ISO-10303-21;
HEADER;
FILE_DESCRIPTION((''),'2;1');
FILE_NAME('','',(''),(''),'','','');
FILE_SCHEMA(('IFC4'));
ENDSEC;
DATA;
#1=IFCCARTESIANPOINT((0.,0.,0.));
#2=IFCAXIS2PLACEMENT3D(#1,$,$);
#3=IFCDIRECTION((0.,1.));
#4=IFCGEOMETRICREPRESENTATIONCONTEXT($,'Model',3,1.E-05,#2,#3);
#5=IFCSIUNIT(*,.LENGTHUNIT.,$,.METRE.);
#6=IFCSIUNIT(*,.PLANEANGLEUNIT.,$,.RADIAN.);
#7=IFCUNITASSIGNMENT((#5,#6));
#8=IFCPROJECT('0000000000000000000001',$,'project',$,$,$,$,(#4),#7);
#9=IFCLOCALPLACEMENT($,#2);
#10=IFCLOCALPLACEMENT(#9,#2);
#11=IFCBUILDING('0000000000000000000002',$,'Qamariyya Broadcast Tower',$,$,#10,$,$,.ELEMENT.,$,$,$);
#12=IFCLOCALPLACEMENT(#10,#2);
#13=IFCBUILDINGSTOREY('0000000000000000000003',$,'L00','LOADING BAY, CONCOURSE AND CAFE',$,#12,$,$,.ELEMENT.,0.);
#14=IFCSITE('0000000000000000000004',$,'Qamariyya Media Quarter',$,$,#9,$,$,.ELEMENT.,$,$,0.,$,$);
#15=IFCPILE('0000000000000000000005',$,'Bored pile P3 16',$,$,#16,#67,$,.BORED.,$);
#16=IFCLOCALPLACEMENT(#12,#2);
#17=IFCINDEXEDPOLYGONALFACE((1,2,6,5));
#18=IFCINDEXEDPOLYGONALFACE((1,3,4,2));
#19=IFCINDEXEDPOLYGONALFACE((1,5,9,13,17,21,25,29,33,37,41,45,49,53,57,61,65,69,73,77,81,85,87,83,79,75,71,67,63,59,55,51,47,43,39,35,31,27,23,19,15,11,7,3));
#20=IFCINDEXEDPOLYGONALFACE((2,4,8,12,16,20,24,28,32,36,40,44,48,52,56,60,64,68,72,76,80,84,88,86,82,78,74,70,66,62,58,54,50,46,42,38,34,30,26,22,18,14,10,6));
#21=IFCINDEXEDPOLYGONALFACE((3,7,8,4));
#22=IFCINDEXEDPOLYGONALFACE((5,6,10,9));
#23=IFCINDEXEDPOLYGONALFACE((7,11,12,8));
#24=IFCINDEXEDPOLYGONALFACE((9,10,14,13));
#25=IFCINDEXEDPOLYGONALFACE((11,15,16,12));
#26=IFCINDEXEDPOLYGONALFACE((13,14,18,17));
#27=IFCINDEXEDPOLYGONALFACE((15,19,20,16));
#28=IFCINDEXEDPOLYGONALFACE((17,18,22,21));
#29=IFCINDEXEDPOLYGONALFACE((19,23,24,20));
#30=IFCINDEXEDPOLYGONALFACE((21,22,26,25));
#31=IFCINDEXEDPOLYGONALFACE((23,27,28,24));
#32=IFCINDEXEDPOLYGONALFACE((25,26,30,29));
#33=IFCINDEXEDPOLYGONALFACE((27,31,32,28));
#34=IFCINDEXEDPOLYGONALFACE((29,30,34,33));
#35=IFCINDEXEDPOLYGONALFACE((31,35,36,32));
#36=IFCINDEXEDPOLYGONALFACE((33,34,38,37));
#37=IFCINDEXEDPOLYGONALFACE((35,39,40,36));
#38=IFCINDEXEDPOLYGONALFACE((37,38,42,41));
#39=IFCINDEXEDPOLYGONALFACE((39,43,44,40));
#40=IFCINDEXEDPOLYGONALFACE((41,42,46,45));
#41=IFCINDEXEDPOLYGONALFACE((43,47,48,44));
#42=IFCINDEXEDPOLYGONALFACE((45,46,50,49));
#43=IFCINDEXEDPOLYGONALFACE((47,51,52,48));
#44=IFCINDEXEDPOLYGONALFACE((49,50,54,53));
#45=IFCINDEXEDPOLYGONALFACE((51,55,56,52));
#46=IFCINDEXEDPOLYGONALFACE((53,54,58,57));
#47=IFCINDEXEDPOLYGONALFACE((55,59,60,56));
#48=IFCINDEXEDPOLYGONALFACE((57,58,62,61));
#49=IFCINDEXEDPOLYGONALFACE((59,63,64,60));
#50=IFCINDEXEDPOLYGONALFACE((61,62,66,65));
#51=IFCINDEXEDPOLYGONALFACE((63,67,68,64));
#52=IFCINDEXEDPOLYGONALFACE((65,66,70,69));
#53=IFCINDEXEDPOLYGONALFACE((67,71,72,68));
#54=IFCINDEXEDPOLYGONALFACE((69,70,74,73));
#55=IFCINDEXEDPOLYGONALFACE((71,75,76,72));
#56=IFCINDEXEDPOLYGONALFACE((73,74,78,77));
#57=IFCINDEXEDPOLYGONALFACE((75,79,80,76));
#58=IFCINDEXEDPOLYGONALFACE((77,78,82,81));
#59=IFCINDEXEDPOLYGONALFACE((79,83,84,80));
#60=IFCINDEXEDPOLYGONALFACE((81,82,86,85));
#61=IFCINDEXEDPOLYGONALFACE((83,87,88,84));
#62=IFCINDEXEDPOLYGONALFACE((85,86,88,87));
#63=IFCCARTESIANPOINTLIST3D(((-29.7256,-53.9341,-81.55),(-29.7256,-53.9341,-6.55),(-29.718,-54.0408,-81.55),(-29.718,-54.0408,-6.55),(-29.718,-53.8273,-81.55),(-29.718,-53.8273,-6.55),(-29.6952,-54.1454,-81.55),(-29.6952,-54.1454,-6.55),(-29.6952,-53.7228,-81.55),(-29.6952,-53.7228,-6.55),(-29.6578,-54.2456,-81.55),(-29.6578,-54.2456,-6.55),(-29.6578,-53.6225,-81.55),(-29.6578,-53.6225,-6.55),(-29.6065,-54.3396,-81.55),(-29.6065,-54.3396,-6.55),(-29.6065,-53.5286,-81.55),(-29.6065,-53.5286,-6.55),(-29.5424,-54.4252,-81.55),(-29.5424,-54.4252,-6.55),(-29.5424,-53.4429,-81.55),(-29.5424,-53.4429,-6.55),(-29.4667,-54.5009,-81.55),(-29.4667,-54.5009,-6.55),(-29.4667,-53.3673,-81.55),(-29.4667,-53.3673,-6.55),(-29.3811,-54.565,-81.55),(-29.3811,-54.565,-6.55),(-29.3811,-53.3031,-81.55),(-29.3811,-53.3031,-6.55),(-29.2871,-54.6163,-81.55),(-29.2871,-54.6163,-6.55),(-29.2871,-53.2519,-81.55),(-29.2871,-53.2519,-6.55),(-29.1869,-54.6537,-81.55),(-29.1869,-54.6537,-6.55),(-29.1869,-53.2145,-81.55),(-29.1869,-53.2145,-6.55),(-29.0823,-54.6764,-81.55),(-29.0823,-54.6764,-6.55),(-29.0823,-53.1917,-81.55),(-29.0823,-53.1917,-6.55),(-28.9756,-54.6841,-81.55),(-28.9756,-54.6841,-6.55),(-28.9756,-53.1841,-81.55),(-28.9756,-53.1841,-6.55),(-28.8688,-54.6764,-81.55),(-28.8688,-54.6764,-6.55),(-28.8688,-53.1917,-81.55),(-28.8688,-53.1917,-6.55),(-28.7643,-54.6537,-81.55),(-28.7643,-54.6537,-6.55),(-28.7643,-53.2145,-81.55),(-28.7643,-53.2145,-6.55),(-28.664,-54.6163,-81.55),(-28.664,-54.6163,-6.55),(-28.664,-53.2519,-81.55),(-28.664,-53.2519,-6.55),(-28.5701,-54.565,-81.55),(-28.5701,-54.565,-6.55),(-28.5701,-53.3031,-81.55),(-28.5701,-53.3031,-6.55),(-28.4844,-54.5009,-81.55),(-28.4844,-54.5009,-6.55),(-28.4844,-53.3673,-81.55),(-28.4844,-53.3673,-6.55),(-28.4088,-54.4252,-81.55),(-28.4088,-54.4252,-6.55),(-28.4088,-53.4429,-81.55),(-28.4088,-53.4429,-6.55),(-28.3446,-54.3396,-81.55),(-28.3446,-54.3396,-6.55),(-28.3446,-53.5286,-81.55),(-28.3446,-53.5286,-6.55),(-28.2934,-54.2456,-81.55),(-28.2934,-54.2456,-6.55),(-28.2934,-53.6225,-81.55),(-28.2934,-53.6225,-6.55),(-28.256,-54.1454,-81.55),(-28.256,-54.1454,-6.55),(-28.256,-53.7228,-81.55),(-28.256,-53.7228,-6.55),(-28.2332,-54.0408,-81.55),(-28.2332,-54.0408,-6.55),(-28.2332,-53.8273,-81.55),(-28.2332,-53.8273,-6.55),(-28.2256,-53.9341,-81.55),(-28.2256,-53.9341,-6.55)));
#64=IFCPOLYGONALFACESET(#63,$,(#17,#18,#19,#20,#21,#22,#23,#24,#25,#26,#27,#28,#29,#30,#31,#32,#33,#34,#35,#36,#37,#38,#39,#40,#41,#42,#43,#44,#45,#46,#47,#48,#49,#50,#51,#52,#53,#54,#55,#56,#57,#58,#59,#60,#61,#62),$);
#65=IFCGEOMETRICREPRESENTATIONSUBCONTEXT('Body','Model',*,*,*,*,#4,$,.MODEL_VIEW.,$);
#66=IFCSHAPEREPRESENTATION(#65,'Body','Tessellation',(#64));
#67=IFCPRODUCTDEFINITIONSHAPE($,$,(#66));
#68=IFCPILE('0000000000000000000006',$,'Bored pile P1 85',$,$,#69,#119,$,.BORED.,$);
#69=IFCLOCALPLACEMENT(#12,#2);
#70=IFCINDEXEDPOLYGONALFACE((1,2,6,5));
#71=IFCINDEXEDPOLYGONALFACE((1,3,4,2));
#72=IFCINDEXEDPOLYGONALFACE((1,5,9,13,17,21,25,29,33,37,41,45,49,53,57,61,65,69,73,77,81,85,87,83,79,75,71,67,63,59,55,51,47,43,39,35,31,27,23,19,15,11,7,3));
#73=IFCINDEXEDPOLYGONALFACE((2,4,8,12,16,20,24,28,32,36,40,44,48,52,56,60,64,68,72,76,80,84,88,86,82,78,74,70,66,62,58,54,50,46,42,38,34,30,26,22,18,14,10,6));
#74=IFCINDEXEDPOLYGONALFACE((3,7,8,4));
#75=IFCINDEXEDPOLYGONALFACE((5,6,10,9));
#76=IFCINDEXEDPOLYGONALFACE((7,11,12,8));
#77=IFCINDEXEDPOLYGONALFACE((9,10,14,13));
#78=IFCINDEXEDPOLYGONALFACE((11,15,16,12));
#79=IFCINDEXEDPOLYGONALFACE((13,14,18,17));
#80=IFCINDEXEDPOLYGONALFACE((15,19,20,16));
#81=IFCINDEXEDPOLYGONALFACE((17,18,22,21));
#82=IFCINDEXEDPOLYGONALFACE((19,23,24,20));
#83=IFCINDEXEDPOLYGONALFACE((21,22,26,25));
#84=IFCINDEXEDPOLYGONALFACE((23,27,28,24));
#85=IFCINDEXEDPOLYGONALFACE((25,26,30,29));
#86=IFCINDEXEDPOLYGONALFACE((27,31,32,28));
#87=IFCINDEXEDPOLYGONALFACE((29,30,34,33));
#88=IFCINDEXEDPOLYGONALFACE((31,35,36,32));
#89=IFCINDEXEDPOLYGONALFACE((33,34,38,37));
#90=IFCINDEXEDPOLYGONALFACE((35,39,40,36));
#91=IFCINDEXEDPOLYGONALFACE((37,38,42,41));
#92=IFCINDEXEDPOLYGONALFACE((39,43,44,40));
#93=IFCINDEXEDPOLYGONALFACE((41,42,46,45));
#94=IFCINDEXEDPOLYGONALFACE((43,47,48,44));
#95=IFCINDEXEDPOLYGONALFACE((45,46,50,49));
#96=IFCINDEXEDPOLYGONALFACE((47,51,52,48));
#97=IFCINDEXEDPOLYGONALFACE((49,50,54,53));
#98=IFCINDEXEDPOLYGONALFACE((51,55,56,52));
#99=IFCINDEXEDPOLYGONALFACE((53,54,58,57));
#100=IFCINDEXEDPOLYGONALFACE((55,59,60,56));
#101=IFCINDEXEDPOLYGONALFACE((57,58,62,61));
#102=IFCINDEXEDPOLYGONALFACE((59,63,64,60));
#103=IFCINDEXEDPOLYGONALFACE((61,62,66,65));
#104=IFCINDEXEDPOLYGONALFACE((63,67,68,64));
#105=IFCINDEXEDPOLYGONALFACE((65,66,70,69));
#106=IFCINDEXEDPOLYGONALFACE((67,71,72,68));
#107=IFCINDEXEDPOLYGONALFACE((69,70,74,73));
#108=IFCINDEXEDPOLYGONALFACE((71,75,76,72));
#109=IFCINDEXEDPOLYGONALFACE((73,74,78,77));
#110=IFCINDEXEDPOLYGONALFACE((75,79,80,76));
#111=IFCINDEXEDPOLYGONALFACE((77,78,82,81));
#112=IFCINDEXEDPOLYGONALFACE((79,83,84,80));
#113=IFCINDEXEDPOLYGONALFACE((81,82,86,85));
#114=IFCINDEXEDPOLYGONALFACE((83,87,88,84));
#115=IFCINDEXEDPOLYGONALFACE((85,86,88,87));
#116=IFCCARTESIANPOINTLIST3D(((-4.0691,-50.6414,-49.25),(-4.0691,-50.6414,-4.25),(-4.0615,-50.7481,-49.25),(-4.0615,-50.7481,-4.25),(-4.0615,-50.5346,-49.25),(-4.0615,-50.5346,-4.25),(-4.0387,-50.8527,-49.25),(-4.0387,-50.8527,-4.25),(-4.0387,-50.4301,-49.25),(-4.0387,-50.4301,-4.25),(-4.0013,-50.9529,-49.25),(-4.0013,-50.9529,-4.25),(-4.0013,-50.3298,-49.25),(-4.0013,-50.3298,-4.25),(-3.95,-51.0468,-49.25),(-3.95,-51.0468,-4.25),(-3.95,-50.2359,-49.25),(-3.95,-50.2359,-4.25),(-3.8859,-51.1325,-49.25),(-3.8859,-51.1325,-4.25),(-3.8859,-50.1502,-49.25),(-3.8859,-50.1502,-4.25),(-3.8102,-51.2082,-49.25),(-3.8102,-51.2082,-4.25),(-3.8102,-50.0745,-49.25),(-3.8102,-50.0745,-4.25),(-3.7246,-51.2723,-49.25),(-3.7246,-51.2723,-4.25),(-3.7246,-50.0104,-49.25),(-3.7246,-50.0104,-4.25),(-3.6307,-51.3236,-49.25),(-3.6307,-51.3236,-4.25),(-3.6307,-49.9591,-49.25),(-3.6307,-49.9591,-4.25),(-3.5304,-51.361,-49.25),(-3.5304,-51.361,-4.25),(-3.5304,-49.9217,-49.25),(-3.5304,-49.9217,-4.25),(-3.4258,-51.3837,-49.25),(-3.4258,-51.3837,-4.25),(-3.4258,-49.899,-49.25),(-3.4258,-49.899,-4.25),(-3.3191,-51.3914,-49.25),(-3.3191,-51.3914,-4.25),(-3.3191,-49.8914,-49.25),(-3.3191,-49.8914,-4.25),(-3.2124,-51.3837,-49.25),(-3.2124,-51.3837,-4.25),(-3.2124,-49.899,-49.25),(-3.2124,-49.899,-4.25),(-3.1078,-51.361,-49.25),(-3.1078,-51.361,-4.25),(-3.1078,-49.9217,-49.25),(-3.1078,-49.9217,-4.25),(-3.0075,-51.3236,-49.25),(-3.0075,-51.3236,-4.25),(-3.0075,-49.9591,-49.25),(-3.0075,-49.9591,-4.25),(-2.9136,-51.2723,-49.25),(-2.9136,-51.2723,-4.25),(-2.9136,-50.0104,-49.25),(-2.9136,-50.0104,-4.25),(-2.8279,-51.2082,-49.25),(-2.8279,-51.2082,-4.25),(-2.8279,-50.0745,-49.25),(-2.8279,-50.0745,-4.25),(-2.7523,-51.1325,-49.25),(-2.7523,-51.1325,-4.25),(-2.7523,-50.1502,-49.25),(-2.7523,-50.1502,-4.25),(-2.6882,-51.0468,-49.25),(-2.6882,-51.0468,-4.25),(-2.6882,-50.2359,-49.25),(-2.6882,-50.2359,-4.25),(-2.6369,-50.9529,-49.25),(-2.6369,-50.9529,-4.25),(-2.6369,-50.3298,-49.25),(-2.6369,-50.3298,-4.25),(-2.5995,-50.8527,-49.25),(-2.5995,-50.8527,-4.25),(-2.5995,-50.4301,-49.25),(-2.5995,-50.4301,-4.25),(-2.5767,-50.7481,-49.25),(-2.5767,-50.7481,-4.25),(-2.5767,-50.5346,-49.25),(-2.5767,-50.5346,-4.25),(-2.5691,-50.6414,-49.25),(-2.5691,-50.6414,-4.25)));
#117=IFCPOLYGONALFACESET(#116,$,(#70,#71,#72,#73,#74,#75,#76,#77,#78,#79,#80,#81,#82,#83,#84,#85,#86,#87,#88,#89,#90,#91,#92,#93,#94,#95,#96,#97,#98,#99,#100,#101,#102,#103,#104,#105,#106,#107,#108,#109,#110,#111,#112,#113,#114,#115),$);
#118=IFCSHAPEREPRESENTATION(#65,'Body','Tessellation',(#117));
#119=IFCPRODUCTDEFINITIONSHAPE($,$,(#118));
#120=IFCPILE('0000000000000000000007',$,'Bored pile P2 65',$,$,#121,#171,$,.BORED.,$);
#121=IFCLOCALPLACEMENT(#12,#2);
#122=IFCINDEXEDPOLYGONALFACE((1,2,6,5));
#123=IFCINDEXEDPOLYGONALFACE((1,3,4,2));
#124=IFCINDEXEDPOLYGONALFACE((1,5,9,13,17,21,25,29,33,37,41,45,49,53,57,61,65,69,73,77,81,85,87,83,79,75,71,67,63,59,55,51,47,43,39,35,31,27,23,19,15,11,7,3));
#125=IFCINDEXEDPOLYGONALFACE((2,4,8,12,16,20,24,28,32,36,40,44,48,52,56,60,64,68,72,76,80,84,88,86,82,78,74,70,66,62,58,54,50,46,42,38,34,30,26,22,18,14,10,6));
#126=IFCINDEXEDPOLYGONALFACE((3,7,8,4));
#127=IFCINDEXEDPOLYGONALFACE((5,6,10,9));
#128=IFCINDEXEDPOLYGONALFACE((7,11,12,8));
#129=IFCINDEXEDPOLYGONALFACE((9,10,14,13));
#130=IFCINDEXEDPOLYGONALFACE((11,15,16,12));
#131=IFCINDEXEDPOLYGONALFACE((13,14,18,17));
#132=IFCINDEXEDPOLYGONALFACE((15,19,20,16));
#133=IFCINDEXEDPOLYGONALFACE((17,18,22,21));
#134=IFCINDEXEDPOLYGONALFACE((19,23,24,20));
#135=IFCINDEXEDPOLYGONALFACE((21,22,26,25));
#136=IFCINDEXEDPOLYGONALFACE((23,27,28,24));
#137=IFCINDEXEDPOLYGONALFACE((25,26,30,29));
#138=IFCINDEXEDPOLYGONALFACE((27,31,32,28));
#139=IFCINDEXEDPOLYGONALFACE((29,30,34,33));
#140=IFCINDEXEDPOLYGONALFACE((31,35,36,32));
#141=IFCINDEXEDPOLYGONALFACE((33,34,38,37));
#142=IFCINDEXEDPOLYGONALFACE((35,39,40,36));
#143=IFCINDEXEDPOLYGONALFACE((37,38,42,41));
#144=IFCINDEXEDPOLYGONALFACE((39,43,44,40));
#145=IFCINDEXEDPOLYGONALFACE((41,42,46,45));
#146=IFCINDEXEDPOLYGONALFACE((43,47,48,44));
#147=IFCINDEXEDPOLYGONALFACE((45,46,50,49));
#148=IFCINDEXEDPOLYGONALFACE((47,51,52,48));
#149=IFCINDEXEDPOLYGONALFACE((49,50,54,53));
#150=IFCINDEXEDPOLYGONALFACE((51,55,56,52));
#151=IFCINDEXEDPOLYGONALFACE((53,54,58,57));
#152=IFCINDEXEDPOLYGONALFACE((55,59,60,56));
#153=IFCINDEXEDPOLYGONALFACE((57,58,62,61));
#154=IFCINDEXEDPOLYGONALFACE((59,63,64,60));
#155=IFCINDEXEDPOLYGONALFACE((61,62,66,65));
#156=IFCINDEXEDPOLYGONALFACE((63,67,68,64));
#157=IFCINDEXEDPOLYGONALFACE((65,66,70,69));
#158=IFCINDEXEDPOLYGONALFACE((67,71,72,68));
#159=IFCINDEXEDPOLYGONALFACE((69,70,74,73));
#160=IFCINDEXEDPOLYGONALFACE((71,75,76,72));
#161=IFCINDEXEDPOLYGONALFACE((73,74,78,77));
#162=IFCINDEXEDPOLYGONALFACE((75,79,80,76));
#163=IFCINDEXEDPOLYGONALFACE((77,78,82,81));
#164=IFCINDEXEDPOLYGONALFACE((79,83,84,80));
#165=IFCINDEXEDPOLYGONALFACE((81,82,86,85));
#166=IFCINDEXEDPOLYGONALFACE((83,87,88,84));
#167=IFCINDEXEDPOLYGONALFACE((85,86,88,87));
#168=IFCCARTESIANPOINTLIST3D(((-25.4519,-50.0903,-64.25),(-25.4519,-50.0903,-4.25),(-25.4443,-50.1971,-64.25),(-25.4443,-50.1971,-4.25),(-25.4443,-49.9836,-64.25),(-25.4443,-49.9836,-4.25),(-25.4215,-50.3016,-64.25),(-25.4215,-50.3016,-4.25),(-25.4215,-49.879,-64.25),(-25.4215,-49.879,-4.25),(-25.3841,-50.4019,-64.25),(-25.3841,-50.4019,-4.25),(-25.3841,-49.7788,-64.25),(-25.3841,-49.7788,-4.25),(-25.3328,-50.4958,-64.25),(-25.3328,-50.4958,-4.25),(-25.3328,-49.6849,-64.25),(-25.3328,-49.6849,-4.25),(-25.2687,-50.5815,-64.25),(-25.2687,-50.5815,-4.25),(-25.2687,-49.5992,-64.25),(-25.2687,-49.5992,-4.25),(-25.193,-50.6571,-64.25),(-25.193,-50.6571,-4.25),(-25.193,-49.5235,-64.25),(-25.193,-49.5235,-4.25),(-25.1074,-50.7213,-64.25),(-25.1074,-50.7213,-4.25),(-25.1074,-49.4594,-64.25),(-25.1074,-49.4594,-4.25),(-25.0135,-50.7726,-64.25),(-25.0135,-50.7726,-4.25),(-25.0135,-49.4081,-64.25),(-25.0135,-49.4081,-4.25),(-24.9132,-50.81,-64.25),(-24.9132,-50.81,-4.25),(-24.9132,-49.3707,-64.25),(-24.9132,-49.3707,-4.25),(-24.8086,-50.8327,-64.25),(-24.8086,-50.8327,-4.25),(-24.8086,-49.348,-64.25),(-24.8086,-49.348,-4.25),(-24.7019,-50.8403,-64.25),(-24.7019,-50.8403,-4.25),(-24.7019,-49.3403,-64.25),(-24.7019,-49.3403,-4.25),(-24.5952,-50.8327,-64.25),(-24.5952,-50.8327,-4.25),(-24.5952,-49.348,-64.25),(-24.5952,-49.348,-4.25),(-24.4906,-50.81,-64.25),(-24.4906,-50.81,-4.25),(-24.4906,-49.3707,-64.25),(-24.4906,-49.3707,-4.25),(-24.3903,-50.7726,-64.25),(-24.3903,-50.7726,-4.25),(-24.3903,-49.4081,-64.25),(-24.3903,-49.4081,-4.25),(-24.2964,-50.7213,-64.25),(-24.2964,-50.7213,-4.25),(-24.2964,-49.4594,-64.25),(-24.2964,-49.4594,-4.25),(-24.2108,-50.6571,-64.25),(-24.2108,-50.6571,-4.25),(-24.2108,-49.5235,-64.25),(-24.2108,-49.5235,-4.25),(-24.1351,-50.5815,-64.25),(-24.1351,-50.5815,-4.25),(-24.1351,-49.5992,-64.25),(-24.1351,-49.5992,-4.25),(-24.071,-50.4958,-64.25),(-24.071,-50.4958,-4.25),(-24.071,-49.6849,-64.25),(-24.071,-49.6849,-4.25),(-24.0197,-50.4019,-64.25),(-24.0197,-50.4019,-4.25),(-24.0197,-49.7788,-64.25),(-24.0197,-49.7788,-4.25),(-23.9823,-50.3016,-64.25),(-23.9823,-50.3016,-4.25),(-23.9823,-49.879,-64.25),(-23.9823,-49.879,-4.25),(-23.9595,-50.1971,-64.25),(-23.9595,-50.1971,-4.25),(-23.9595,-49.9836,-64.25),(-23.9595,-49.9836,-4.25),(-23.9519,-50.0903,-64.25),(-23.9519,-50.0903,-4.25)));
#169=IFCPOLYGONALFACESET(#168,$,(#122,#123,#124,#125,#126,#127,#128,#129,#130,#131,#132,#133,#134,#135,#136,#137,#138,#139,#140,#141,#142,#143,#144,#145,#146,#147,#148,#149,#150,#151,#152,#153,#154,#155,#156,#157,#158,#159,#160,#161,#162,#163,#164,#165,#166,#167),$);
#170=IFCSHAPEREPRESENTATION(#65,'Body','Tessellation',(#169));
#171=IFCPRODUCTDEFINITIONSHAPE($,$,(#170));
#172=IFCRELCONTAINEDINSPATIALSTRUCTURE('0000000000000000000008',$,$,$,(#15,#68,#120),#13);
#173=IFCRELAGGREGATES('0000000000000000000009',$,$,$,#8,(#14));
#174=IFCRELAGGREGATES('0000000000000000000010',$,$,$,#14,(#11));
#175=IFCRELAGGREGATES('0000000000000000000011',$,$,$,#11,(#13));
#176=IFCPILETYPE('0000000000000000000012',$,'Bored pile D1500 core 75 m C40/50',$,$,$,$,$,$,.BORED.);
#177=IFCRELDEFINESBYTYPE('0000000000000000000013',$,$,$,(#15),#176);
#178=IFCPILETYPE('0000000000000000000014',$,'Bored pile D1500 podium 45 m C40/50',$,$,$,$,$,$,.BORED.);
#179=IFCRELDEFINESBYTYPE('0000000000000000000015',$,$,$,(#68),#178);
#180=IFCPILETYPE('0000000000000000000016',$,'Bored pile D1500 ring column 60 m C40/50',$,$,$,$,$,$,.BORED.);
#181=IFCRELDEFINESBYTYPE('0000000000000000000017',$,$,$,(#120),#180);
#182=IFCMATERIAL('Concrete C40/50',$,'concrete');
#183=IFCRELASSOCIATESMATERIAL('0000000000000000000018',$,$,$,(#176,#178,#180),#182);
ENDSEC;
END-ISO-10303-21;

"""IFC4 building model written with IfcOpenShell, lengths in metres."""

from ifc_helpers import new_model, si_unit, direction, frame, origin, origin_2d, place, context, subcontext, project, spatial, circle, extrude, material, material_profile, profile_set, type_object, element, save


model = new_model("IFC4")

# Units and contexts
model_context = context("Model", 3, precision=1e-05, world=origin(), true_north=direction((0.0, 1.0)))
body_context = subcontext(model_context, "Body", "Model", "MODEL_VIEW")
ifc_project = project(units=[si_unit("LENGTHUNIT", "METRE"), si_unit("PLANEANGLEUNIT", "RADIAN")], contexts=[model_context])

# Site, building, storey
site_placement = place(None, origin())
site = spatial("IfcSite", under=ifc_project, at=site_placement, Name="Qamariyya Media Quarter", CompositionType="ELEMENT", RefElevation=0.0)
building_placement = place(site_placement, origin())
building = spatial("IfcBuilding", under=site, at=building_placement, Name="Qamariyya Broadcast Tower", CompositionType="ELEMENT")
storey_placement = place(building_placement, origin())
storey = spatial("IfcBuildingStorey", under=building, at=storey_placement, Name="L00", Description="LOADING BAY, CONCOURSE AND CAFE", CompositionType="ELEMENT", Elevation=0.0)

# Piles
ifc_material_1 = material(Name="Concrete C40/50", Category="concrete")
ifc_material_profile_1 = material_profile(ifc_material_1, circle(Radius=0.75, at=origin_2d()))
ifc_profile_set_1 = profile_set([ifc_material_profile_1], Name="Concrete C40/50")
pile_type_1 = type_object("IfcPileType", Name="Bored pile D1500 core 75 m C40/50", PredefinedType="BORED", material=ifc_profile_set_1)
pile_1_placement = place(storey_placement, frame((-28.9756, -53.9341, -6.55), z_axis=(0.0, 0.0, -1.0), x_axis=(1.0, 0.0, 0.0)))
element("IfcPile", 1, at=pile_1_placement, inside=storey, type_object=pile_type_1, Name="Bored pile P3 16", PredefinedType="BORED", context=body_context, shape_type="SweptSolid", body=[
    extrude(circle(Radius=0.75, at=origin_2d()), origin(), (0.0, 0.0, 1.0), 75.0),
])
ifc_material_profile_2 = material_profile(ifc_material_1, circle(Radius=0.75, at=origin_2d()))
ifc_profile_set_2 = profile_set([ifc_material_profile_2], Name="Concrete C40/50")
pile_type_2 = type_object("IfcPileType", Name="Bored pile D1500 podium 45 m C40/50", PredefinedType="BORED", material=ifc_profile_set_2)
pile_2_placement = place(storey_placement, frame((-3.3191, -50.6414, -4.25), z_axis=(0.0, 0.0, -1.0), x_axis=(1.0, 0.0, 0.0)))
element("IfcPile", 2, at=pile_2_placement, inside=storey, type_object=pile_type_2, Name="Bored pile P1 85", PredefinedType="BORED", context=body_context, shape_type="SweptSolid", body=[
    extrude(circle(Radius=0.75, at=origin_2d()), origin(), (0.0, 0.0, 1.0), 45.0),
])
ifc_material_profile_3 = material_profile(ifc_material_1, circle(Radius=0.75, at=origin_2d()))
ifc_profile_set_3 = profile_set([ifc_material_profile_3], Name="Concrete C40/50")
pile_type_3 = type_object("IfcPileType", Name="Bored pile D1500 ring column 60 m C40/50", PredefinedType="BORED", material=ifc_profile_set_3)
for number, where, z_axis, x_axis, name in (
    (3, (-24.7019, -50.0903, -4.25), (0.0, 0.0, -1.0), (1.0, 0.0, 0.0), "Bored pile P2 65"),
):
    element("IfcPile", number, at=place(storey_placement, frame(where, z_axis=z_axis, x_axis=x_axis)), inside=storey, type_object=pile_type_3, Name=name, PredefinedType="BORED", context=body_context, shape_type="SweptSolid", body=[
        extrude(circle(Radius=0.75, at=origin_2d()), origin(), (0.0, 0.0, 1.0), 60.0),
    ])

save(model, "model.ifc")
